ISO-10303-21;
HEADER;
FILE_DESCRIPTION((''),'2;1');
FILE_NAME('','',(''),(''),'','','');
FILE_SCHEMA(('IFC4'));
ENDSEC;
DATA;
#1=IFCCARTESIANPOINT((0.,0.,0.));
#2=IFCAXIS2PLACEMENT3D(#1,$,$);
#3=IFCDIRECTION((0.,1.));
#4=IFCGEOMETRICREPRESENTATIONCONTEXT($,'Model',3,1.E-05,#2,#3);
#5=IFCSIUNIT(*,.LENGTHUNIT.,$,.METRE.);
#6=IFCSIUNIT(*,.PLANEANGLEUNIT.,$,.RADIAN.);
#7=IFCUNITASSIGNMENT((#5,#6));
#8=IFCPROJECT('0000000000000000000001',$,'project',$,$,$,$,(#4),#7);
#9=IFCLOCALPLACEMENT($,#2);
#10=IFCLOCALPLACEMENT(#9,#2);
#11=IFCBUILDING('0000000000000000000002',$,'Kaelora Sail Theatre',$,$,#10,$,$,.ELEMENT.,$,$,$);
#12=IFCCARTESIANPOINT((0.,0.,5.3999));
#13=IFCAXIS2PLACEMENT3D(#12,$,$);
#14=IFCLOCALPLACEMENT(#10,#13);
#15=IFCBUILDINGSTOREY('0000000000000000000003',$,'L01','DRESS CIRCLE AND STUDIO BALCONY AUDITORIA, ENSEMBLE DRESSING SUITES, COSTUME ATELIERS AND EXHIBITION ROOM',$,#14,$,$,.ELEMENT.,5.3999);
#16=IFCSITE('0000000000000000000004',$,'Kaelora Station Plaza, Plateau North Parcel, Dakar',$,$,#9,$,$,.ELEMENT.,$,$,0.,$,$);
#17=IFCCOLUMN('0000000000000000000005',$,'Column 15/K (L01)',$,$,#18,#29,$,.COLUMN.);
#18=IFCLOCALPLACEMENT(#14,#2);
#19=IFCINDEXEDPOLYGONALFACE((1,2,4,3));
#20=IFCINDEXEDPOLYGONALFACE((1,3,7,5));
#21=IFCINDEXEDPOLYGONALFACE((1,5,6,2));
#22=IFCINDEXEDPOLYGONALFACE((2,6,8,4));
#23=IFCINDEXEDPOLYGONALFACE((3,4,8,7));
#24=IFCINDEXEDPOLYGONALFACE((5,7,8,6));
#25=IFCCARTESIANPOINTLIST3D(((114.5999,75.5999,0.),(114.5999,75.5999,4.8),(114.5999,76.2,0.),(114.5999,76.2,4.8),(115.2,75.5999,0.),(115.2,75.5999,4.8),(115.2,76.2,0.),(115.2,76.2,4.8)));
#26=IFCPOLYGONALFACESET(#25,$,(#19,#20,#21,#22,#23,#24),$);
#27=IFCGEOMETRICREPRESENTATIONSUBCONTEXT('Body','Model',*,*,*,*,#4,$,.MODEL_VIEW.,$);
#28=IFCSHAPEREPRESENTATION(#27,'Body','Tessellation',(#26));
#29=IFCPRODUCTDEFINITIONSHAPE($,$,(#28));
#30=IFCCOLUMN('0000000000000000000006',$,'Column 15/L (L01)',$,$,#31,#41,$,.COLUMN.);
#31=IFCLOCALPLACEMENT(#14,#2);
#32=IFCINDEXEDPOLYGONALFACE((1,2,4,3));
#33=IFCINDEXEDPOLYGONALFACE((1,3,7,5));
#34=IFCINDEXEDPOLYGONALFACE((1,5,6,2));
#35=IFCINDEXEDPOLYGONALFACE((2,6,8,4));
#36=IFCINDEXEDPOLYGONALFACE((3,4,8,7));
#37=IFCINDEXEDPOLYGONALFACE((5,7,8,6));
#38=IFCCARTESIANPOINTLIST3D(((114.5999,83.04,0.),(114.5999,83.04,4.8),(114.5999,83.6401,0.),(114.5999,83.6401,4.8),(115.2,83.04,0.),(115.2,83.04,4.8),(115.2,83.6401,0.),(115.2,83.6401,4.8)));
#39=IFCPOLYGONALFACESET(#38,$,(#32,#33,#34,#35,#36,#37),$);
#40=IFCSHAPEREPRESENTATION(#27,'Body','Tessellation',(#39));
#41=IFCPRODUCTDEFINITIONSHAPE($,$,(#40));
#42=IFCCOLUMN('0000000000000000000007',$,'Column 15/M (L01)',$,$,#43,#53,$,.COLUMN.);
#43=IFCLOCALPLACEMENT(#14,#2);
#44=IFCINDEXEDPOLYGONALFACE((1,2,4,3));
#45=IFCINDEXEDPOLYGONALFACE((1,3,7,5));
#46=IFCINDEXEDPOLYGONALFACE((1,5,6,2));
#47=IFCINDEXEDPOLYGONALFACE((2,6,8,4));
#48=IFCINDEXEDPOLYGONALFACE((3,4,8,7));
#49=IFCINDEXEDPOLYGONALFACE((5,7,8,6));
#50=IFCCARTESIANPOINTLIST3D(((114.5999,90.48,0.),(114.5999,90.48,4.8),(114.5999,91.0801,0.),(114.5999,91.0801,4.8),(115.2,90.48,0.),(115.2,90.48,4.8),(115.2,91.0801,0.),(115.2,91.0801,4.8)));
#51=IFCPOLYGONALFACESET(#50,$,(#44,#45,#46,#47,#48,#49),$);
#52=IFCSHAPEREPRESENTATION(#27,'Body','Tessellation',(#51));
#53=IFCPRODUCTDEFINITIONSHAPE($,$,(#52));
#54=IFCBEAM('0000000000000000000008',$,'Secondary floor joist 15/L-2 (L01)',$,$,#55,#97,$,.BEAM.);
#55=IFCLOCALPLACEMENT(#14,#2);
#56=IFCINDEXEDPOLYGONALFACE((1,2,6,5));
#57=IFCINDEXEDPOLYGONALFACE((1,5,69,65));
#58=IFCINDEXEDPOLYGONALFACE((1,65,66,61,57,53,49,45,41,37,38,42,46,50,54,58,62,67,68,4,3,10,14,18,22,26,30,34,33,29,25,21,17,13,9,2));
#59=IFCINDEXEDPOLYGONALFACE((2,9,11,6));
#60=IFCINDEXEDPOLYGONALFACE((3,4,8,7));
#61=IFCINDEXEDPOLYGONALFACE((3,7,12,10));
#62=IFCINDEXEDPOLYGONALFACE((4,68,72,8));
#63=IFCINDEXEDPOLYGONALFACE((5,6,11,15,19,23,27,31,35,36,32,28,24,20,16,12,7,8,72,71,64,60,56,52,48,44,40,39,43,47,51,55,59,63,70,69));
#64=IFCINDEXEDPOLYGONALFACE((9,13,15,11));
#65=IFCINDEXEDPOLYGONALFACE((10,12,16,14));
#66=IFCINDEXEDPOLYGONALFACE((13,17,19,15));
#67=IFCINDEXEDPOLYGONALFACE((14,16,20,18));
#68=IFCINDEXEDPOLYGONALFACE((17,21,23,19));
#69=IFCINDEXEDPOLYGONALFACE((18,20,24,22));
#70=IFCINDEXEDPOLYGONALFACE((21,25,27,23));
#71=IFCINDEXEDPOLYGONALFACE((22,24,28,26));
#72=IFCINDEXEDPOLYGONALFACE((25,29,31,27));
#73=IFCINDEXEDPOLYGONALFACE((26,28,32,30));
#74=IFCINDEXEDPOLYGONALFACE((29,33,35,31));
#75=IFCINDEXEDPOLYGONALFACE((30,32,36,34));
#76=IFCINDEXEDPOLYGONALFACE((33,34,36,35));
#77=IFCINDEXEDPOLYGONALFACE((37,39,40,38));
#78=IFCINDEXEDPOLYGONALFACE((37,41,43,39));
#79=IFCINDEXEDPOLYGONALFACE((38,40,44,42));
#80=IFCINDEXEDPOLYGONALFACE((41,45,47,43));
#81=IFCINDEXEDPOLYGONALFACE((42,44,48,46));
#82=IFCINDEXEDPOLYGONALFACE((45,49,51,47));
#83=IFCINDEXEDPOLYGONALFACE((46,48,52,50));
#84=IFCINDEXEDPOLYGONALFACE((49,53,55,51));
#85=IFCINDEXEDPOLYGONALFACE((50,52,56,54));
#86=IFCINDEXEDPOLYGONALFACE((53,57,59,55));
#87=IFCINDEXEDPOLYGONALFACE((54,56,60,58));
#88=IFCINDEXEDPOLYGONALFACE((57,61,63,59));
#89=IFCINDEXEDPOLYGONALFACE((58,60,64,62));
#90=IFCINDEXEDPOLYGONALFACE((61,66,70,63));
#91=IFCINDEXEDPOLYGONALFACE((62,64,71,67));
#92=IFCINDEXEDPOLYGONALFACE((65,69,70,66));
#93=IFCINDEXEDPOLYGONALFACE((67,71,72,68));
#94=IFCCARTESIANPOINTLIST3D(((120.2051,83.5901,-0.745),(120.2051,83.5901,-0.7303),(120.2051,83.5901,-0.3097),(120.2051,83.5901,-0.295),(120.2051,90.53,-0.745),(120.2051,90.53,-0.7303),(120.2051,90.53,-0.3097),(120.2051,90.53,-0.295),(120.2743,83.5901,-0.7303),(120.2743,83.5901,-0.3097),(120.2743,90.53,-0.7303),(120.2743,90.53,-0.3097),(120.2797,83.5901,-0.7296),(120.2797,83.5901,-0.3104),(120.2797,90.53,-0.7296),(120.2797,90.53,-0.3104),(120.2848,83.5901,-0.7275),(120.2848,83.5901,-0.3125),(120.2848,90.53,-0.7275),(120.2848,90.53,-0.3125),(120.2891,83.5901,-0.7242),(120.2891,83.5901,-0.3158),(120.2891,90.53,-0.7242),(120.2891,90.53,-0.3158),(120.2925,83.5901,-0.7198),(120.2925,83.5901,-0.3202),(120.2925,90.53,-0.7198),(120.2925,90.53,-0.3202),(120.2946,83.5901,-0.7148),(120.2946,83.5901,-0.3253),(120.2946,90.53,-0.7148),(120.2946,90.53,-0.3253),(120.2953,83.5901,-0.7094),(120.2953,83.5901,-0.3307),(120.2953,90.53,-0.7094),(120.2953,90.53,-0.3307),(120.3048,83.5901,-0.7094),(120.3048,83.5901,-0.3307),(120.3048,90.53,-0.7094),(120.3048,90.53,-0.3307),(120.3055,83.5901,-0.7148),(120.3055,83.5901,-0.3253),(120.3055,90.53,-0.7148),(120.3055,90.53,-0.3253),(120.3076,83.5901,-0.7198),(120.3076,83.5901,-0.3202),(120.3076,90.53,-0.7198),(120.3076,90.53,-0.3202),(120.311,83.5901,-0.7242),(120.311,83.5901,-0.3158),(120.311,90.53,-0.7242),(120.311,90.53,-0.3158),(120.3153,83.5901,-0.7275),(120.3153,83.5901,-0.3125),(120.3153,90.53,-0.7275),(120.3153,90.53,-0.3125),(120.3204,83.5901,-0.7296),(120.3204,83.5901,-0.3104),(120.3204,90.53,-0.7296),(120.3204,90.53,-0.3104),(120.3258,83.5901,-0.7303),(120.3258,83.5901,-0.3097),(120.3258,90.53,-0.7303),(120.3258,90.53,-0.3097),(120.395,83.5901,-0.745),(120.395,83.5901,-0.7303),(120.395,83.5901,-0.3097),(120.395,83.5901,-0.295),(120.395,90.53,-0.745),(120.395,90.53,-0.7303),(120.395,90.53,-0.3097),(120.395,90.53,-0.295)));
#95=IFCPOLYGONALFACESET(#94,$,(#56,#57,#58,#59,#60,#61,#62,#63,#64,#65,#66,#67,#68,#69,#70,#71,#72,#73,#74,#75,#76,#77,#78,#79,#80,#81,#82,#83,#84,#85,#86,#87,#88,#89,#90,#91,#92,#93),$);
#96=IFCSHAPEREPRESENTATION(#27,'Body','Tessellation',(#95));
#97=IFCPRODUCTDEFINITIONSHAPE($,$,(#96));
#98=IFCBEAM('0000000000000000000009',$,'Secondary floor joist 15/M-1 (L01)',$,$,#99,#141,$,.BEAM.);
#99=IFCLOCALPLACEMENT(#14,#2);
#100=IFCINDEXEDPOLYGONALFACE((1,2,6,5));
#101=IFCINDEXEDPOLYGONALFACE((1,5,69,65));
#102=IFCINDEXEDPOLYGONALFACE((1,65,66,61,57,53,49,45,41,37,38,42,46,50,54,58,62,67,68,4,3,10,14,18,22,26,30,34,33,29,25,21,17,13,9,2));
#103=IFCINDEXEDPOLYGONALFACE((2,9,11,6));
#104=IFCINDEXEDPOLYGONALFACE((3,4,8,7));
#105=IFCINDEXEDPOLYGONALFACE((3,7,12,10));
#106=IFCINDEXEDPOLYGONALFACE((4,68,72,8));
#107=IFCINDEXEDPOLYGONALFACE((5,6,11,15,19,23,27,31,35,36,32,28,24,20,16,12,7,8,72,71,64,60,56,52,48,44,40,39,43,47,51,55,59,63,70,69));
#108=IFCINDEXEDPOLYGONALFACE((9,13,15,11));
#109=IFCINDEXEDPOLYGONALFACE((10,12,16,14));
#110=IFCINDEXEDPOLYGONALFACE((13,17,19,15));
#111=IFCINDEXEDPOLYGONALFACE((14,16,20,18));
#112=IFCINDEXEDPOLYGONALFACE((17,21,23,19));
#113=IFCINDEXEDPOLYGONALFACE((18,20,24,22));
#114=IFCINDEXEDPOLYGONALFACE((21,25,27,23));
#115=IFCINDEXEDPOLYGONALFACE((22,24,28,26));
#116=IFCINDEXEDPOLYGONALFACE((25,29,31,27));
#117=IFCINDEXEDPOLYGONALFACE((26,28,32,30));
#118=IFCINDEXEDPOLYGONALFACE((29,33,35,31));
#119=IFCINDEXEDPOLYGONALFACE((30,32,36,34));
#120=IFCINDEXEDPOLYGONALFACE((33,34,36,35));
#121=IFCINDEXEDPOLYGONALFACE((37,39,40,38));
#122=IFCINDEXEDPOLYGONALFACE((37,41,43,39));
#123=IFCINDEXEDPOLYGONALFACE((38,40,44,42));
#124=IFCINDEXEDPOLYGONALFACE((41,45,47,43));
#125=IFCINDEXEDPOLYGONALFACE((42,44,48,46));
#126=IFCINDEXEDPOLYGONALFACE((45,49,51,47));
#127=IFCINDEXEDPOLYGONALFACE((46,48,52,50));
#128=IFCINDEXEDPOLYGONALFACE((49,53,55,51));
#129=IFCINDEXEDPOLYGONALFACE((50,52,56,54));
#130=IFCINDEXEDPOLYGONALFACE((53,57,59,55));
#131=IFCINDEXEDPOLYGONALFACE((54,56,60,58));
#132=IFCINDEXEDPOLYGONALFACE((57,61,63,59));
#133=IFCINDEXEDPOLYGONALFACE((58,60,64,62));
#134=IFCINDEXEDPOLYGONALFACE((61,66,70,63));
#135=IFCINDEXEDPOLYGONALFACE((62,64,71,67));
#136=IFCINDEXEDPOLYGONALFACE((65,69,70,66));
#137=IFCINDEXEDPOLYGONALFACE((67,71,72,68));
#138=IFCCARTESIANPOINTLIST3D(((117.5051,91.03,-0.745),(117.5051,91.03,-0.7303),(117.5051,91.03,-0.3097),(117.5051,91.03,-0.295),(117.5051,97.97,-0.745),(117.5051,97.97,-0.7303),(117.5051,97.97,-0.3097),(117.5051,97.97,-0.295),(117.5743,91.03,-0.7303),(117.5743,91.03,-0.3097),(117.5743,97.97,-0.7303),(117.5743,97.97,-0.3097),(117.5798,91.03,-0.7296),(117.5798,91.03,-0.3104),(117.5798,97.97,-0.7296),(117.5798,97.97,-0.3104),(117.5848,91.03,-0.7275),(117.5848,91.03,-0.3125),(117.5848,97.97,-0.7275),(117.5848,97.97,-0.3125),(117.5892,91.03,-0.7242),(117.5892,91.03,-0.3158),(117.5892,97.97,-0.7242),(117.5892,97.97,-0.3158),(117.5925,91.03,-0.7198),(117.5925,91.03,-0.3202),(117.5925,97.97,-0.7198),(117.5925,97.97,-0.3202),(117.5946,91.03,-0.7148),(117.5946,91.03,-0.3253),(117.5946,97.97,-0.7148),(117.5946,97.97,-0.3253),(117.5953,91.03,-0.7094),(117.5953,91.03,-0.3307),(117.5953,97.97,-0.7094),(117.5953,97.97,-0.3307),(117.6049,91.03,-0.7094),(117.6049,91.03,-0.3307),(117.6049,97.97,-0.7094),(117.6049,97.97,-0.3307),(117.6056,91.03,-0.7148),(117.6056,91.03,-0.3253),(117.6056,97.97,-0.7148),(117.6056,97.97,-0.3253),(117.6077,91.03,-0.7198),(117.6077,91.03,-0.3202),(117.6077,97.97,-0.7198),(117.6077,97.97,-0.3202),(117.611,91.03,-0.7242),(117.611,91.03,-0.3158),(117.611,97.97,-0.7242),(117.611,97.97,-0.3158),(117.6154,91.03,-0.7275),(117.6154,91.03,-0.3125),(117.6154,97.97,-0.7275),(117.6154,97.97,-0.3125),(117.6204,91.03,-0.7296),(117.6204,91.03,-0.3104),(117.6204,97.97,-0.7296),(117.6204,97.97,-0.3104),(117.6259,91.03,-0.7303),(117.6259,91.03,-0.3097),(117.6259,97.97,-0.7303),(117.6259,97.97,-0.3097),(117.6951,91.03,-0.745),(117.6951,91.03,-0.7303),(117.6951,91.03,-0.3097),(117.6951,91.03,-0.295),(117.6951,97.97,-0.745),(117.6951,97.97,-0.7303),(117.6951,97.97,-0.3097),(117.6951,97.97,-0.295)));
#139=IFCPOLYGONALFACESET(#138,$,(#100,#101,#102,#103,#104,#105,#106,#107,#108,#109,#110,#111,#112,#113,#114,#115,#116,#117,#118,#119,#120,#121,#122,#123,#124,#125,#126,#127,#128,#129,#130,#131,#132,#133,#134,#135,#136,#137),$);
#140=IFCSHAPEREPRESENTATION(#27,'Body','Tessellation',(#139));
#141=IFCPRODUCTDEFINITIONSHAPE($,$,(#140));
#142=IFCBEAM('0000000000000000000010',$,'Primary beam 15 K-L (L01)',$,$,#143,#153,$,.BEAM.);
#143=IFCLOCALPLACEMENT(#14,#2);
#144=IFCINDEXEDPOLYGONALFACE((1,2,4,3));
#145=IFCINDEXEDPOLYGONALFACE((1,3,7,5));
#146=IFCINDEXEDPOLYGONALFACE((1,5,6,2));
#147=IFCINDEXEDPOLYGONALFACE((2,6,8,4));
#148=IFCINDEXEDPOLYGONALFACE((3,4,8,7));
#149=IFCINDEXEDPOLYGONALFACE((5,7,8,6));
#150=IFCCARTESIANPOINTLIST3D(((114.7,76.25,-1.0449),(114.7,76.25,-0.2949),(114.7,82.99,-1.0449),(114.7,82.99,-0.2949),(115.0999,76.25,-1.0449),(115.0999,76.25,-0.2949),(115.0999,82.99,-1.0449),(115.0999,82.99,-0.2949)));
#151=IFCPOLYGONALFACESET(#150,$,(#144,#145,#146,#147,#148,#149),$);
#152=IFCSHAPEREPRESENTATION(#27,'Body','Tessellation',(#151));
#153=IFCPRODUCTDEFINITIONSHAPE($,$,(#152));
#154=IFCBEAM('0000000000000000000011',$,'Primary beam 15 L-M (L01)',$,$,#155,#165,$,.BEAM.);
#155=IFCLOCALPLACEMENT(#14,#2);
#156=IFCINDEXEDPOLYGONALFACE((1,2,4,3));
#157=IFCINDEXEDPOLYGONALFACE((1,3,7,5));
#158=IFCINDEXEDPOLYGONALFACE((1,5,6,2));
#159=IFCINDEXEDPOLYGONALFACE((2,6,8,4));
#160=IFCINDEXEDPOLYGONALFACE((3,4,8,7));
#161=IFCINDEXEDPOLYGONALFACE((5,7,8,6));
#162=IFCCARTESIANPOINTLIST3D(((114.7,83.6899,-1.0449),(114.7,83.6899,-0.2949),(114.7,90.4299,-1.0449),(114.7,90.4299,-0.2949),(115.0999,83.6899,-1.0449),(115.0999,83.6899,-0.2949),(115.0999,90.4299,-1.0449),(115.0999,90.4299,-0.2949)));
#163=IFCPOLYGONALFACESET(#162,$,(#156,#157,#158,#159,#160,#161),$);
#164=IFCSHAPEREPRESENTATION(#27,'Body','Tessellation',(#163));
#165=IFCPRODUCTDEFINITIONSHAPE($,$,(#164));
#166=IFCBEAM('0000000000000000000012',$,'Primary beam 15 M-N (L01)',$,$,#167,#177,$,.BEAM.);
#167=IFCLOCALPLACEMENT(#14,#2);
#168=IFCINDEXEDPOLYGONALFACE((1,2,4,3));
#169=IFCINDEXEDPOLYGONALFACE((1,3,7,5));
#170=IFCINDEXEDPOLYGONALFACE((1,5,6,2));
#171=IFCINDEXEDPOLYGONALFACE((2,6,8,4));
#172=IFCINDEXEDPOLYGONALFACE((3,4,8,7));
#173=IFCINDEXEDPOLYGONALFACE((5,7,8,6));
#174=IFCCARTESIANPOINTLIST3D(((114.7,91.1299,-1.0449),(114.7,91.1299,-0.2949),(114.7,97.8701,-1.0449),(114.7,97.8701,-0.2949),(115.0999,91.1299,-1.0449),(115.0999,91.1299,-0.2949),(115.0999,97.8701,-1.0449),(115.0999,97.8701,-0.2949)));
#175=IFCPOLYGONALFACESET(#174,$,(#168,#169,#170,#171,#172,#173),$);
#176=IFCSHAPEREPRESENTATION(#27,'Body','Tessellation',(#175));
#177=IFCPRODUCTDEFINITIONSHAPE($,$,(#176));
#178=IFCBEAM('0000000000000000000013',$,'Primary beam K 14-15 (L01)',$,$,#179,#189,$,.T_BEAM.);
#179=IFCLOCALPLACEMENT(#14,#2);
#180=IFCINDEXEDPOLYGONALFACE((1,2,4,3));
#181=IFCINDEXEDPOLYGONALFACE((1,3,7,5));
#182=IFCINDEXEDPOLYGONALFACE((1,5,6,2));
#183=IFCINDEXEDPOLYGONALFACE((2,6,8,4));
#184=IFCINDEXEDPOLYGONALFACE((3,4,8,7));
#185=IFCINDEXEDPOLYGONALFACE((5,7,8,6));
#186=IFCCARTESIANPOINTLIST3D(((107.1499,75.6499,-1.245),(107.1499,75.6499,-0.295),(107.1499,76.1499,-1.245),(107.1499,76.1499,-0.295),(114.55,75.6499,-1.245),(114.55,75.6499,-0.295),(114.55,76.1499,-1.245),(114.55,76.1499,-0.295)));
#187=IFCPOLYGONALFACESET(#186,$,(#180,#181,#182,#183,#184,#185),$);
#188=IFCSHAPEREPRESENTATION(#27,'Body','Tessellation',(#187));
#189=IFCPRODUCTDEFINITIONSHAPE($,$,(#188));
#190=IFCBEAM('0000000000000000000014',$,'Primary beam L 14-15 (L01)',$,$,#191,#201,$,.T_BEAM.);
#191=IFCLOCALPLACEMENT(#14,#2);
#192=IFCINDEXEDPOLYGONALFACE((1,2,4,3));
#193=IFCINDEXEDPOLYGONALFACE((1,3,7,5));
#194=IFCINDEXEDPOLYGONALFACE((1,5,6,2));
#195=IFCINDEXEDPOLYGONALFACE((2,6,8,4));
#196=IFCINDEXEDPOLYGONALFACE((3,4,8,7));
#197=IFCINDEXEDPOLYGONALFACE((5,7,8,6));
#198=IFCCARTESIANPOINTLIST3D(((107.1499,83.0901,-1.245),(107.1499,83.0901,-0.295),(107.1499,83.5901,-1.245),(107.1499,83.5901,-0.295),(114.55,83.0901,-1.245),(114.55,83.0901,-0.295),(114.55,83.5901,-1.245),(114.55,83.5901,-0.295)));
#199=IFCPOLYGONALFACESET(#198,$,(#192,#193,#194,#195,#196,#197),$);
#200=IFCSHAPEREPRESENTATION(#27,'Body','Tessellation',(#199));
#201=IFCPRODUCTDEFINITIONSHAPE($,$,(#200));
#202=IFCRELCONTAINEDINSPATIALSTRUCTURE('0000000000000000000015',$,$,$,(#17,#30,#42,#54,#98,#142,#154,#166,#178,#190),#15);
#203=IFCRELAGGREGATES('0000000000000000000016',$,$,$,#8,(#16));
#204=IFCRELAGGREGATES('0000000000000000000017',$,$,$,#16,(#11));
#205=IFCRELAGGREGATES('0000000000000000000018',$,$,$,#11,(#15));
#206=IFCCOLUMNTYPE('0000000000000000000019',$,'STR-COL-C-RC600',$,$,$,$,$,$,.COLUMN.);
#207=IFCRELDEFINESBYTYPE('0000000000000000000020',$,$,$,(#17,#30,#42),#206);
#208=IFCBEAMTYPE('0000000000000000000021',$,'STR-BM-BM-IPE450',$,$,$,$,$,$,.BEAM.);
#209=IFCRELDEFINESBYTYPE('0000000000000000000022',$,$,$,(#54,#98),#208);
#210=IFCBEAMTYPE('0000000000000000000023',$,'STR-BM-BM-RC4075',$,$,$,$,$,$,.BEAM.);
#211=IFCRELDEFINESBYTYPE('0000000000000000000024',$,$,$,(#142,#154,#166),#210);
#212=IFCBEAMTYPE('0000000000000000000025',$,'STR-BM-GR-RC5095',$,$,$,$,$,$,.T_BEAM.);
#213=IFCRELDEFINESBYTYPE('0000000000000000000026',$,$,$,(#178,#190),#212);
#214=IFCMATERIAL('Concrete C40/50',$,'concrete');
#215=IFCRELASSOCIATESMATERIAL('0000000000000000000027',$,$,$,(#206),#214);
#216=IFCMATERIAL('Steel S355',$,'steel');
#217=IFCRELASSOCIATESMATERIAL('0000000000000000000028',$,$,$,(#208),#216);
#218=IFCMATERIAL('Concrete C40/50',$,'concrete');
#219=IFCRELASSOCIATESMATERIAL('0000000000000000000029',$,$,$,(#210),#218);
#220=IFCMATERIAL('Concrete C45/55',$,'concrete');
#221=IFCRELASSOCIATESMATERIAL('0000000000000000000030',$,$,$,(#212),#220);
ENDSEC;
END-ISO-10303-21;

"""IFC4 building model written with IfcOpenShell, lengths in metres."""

from ifc_helpers import new_model, si_unit, direction, frame, origin, origin_2d, place, context, subcontext, project, spatial, rectangle, i_section, extrude, material, material_profile, profile_set, type_object, element, save


model = new_model("IFC4")

# Units and contexts
model_context = context("Model", 3, precision=1e-05, world=origin(), true_north=direction((0.0, 1.0)))
body_context = subcontext(model_context, "Body", "Model", "MODEL_VIEW")
ifc_project = project(units=[si_unit("LENGTHUNIT", "METRE"), si_unit("PLANEANGLEUNIT", "RADIAN")], contexts=[model_context])

# Site, building, storey
site_placement = place(None, origin())
site = spatial("IfcSite", under=ifc_project, at=site_placement, Name="Kaelora Station Plaza, Plateau North Parcel, Dakar", CompositionType="ELEMENT", RefElevation=0.0)
building_placement = place(site_placement, origin())
building = spatial("IfcBuilding", under=site, at=building_placement, Name="Kaelora Sail Theatre", CompositionType="ELEMENT")
storey_placement = place(building_placement, frame((0.0, 0.0, 5.3999)))
storey = spatial("IfcBuildingStorey", under=building, at=storey_placement, Name="L01", Description="DRESS CIRCLE AND STUDIO BALCONY AUDITORIA, ENSEMBLE DRESSING SUITES, COSTUME ATELIERS AND EXHIBITION ROOM", CompositionType="ELEMENT", Elevation=5.3999)

# Columns
ifc_material_1 = material(Name="Concrete C40/50", Category="concrete")
ifc_material_profile_1 = material_profile(ifc_material_1, rectangle(XDim=0.6001, YDim=0.6001, at=origin_2d()), Name="RC-COL 600x600")
ifc_profile_set_1 = profile_set([ifc_material_profile_1], Name="Concrete C40/50")
column_type = type_object("IfcColumnType", Name="STR-COL-C-RC600", PredefinedType="COLUMN", material=ifc_profile_set_1)
for number, where, z_axis, x_axis, name in (
    (1, (114.8999, 75.8999, 0.0), (0.0, 0.0, 1.0), (1.0, 0.0, 0.0), "Column 15/K (L01)"),
    (2, (114.8999, 83.3401, 0.0), (0.0, 0.0, 1.0), (1.0, 0.0, 0.0), "Column 15/L (L01)"),
    (3, (114.8999, 90.78, 0.0), (0.0, 0.0, 1.0), (1.0, 0.0, 0.0), "Column 15/M (L01)"),
):
    element("IfcColumn", number, at=place(storey_placement, frame(where, z_axis=z_axis, x_axis=x_axis)), inside=storey, type_object=column_type, Name=name, PredefinedType="COLUMN", context=body_context, shape_type="SweptSolid", body=[
        extrude(rectangle(XDim=0.6001, YDim=0.6001, at=origin_2d()), origin(), (0.0, 0.0, 1.0), 4.8),
    ])

# Beams
ifc_material_2 = material(Name="Steel S355", Category="steel")
ifc_material_profile_2 = material_profile(ifc_material_2, i_section(OverallWidth=0.1899, OverallDepth=0.45, WebThickness=0.0095, FlangeThickness=0.0146, FilletRadius=0.021, at=origin_2d()), Name="IPE 450")
ifc_profile_set_2 = profile_set([ifc_material_profile_2], Name="Steel S355")
beam_type_1 = type_object("IfcBeamType", Name="STR-BM-BM-IPE450", PredefinedType="BEAM", material=ifc_profile_set_2)
for number, where, z_axis, x_axis, name in (
    (4, (120.3, 83.5901, -0.52), (0.0, 1.0, 0.0), (-1.0, 0.0, 0.0), "Secondary floor joist 15/L-2 (L01)"),
    (5, (117.6001, 91.03, -0.52), (0.0, 1.0, 0.0), (-1.0, 0.0, 0.0), "Secondary floor joist 15/M-1 (L01)"),
):
    element("IfcBeam", number, at=place(storey_placement, frame(where, z_axis=z_axis, x_axis=x_axis)), inside=storey, type_object=beam_type_1, Name=name, PredefinedType="BEAM", context=body_context, shape_type="SweptSolid", body=[
        extrude(i_section(OverallWidth=0.1899, OverallDepth=0.45, WebThickness=0.0095, FlangeThickness=0.0146, FilletRadius=0.021, at=origin_2d()), origin(), (0.0, 0.0, 1.0), 6.9399),
    ])
ifc_material_3 = material(Name="Concrete C40/50", Category="concrete")
ifc_material_profile_3 = material_profile(ifc_material_3, rectangle(XDim=0.3999, YDim=0.75, at=origin_2d()), Name="RC-BM 400x750")
ifc_profile_set_3 = profile_set([ifc_material_profile_3], Name="Concrete C40/50")
beam_type_2 = type_object("IfcBeamType", Name="STR-BM-BM-RC4075", PredefinedType="BEAM", material=ifc_profile_set_3)
for number, where, z_axis, x_axis, name in (
    (6, (114.8999, 76.25, -0.6699), (0.0, 1.0, 0.0), (-1.0, 0.0, 0.0), "Primary beam 15 K-L (L01)"),
    (7, (114.8999, 83.6899, -0.6699), (0.0, 1.0, 0.0), (-1.0, 0.0, 0.0), "Primary beam 15 L-M (L01)"),
):
    element("IfcBeam", number, at=place(storey_placement, frame(where, z_axis=z_axis, x_axis=x_axis)), inside=storey, type_object=beam_type_2, Name=name, PredefinedType="BEAM", context=body_context, shape_type="SweptSolid", body=[
        extrude(rectangle(XDim=0.3999, YDim=0.75, at=origin_2d()), origin(), (0.0, 0.0, 1.0), 6.74),
    ])
beam_1_placement = place(storey_placement, frame((114.8999, 91.1299, -0.6699), z_axis=(0.0, 1.0, 0.0), x_axis=(-1.0, 0.0, 0.0)))
element("IfcBeam", 8, at=beam_1_placement, inside=storey, type_object=beam_type_2, Name="Primary beam 15 M-N (L01)", PredefinedType="BEAM", context=body_context, shape_type="SweptSolid", body=[
    extrude(rectangle(XDim=0.3999, YDim=0.75, at=origin_2d()), origin(), (0.0, 0.0, 1.0), 6.7402),
])
ifc_material_4 = material(Name="Concrete C45/55", Category="concrete")
ifc_material_profile_4 = material_profile(ifc_material_4, rectangle(XDim=0.5, YDim=0.95, at=origin_2d()), Name="RC-GRD 500x950")
ifc_profile_set_4 = profile_set([ifc_material_profile_4], Name="Concrete C45/55")
beam_type_3 = type_object("IfcBeamType", Name="STR-BM-GR-RC5095", PredefinedType="T_BEAM", material=ifc_profile_set_4)
for number, where, z_axis, x_axis, name in (
    (9, (107.1499, 75.8999, -0.77), (1.0, 0.0, 0.0), (0.0, 1.0, 0.0), "Primary beam K 14-15 (L01)"),
    (10, (107.1499, 83.3401, -0.77), (1.0, 0.0, 0.0), (0.0, 1.0, 0.0), "Primary beam L 14-15 (L01)"),
):
    element("IfcBeam", number, at=place(storey_placement, frame(where, z_axis=z_axis, x_axis=x_axis)), inside=storey, type_object=beam_type_3, Name=name, PredefinedType="T_BEAM", context=body_context, shape_type="SweptSolid", body=[
        extrude(rectangle(XDim=0.5, YDim=0.95, at=origin_2d()), origin(), (0.0, 0.0, 1.0), 7.4001),
    ])

save(model, "model.ifc")
